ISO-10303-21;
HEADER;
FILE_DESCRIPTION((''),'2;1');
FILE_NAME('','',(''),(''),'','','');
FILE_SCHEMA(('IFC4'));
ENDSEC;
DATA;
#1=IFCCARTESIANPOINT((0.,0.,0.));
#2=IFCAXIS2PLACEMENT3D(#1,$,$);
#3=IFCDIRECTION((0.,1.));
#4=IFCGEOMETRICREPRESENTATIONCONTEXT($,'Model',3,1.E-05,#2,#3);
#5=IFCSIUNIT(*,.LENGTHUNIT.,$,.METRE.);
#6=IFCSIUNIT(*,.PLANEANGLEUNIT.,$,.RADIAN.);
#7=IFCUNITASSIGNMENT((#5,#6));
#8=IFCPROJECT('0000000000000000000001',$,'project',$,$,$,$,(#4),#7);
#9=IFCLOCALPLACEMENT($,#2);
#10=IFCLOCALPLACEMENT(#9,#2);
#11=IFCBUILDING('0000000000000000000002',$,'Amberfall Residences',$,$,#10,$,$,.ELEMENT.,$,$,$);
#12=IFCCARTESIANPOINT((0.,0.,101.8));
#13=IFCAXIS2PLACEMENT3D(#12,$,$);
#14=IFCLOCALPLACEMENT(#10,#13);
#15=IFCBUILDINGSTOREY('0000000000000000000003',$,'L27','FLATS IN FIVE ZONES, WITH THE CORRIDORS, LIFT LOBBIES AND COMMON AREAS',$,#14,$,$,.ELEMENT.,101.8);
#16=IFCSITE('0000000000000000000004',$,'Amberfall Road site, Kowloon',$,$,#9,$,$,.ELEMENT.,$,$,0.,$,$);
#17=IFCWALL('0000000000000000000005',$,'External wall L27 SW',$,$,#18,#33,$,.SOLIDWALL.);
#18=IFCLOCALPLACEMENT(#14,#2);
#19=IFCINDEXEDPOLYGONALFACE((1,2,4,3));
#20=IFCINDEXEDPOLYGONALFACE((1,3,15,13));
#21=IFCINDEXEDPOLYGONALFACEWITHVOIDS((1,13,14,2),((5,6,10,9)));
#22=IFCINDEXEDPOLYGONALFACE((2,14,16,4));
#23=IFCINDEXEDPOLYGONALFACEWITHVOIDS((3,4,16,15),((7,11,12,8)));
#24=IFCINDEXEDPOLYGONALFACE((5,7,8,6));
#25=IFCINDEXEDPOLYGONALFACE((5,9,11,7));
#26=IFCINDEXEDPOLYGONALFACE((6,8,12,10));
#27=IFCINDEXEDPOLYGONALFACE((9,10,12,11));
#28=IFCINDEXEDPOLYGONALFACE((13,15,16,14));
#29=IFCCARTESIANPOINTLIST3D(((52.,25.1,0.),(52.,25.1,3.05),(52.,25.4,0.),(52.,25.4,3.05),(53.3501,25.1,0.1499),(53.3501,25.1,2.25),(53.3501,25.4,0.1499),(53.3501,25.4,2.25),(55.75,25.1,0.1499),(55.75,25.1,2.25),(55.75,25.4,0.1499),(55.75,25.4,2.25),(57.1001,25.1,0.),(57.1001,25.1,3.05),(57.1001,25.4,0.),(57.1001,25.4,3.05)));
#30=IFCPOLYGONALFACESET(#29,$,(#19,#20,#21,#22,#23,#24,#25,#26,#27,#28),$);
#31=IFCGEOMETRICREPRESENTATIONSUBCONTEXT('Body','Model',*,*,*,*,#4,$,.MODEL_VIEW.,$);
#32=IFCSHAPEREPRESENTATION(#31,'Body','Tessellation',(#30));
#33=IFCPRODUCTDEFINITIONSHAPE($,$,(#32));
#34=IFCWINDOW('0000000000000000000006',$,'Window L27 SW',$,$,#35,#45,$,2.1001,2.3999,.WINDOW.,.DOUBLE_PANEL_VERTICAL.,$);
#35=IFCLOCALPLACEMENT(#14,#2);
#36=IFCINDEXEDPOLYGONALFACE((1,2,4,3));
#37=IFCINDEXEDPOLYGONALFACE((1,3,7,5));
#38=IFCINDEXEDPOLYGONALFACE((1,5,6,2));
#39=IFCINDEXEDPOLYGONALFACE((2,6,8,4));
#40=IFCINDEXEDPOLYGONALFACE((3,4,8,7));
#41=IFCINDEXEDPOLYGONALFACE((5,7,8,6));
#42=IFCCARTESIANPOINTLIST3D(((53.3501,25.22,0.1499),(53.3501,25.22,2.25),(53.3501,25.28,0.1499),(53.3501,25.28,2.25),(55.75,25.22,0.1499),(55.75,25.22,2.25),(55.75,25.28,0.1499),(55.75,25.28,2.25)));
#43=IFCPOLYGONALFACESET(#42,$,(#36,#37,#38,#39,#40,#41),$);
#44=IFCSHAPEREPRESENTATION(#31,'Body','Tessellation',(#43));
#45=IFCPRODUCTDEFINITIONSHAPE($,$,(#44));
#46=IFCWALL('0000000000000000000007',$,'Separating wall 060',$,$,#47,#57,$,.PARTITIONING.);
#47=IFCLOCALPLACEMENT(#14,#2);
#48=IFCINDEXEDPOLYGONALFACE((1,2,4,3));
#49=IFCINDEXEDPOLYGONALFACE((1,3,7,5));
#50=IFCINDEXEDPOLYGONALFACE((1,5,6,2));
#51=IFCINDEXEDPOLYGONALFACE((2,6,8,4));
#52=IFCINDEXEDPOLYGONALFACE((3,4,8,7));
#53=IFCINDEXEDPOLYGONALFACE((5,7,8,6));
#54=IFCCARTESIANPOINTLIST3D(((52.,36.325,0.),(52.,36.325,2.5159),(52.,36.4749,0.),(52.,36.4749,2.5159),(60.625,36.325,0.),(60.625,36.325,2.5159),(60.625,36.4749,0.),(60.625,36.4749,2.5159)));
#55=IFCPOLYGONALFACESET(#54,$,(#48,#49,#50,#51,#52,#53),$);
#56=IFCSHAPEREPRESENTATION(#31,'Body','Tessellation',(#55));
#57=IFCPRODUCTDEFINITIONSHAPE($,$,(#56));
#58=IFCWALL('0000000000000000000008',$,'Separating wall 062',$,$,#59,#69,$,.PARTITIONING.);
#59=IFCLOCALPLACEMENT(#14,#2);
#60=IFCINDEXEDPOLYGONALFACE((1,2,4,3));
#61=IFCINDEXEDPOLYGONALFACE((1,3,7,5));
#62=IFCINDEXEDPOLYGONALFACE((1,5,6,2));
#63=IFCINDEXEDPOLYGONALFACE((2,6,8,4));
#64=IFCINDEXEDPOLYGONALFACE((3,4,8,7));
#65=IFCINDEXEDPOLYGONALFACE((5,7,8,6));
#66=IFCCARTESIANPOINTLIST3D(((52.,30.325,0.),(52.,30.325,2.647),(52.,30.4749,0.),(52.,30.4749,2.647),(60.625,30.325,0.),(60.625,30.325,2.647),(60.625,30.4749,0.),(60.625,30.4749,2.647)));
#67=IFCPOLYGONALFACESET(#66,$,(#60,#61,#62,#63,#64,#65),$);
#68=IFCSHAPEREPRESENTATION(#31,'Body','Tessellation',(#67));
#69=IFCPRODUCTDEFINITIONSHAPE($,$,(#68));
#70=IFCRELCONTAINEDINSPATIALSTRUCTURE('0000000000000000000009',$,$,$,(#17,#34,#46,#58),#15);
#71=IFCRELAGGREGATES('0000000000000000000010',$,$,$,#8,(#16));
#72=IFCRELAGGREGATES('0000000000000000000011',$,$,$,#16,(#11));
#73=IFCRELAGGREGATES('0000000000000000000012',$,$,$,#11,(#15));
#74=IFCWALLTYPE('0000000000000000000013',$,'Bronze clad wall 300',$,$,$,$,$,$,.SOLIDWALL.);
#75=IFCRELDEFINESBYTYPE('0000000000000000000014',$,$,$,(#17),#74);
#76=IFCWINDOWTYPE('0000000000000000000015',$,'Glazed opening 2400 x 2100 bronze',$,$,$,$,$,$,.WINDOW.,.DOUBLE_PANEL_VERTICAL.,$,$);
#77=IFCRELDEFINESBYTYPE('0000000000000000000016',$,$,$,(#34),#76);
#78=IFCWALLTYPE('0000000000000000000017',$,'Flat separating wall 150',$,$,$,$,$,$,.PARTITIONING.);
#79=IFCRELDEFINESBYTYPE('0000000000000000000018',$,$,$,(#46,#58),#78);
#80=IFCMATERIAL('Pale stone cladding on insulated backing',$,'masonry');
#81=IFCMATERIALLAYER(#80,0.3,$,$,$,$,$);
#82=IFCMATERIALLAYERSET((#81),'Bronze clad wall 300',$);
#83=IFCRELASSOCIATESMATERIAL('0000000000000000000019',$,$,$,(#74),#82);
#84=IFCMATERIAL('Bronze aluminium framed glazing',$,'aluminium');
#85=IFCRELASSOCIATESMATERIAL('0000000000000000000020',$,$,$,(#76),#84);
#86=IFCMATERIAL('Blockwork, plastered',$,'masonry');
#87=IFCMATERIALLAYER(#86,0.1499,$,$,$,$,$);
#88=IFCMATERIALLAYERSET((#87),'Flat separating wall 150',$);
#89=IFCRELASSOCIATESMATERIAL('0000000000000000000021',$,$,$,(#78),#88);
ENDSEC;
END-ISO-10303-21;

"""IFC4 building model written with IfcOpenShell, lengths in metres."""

from ifc_helpers import new_model, si_unit, direction, frame, frame_2d, origin, place, context, subcontext, project, spatial, rectangle, extrude, material, layer, layer_set, type_object, element, fill, save


model = new_model("IFC4")

# Units and contexts
model_context = context("Model", 3, precision=1e-05, world=origin(), true_north=direction((0.0, 1.0)))
body_context = subcontext(model_context, "Body", "Model", "MODEL_VIEW")
ifc_project = project(units=[si_unit("LENGTHUNIT", "METRE"), si_unit("PLANEANGLEUNIT", "RADIAN")], contexts=[model_context])

# Site, building, storey
site_placement = place(None, origin())
site = spatial("IfcSite", under=ifc_project, at=site_placement, Name="Amberfall Road site, Kowloon", CompositionType="ELEMENT", RefElevation=0.0)
building_placement = place(site_placement, origin())
building = spatial("IfcBuilding", under=site, at=building_placement, Name="Amberfall Residences", CompositionType="ELEMENT")
storey_placement = place(building_placement, frame((0.0, 0.0, 101.8)))
storey = spatial("IfcBuildingStorey", under=building, at=storey_placement, Name="L27", Description="FLATS IN FIVE ZONES, WITH THE CORRIDORS, LIFT LOBBIES AND COMMON AREAS", CompositionType="ELEMENT", Elevation=101.8)

# Wall, opening, window
ifc_material_1 = material(Name="Pale stone cladding on insulated backing", Category="masonry")
ifc_layer_1 = layer(ifc_material_1, 0.3)
ifc_layer_set_1 = layer_set([ifc_layer_1], Name="Bronze clad wall 300")
wall_type_1 = type_object("IfcWallType", Name="Bronze clad wall 300", PredefinedType="SOLIDWALL", material=ifc_layer_set_1)
wall_1_placement = place(storey_placement, frame((52.0, 25.25, 0.0), z_axis=(0.0, 0.0, 1.0), x_axis=(1.0, 0.0, 0.0)))
wall_1 = element("IfcWall", 1, at=wall_1_placement, inside=storey, type_object=wall_type_1, Name="External wall L27 SW", PredefinedType="SOLIDWALL", context=body_context, shape_type="SweptSolid", body=[
    extrude(rectangle(XDim=5.1001, YDim=0.3, at=frame_2d((2.55, 0.0))), origin(), (0.0, 0.0, 1.0), 3.05),
])
opening_placement = place(wall_1_placement, frame((1.3501, 0.0, 0.1499)))
opening = element("IfcOpeningElement", 2, at=opening_placement, cuts=wall_1, PredefinedType="OPENING", context=body_context, shape_type="SweptSolid", body=[
    extrude(rectangle(XDim=2.3999, YDim=2.1001, at=frame_2d((1.2, 1.05))), frame((0.0, 0.1599, 0.0), z_axis=(0.0, -1.0, 0.0), x_axis=(1.0, 0.0, 0.0)), (0.0, 0.0, 1.0), 0.3201),
])
ifc_material_2 = material(Name="Bronze aluminium framed glazing", Category="aluminium")
window_type = type_object("IfcWindowType", Name="Glazed opening 2400 x 2100 bronze", PartitioningType="DOUBLE_PANEL_VERTICAL", PredefinedType="WINDOW", material=ifc_material_2)
window_placement = place(opening_placement, origin())
window = element("IfcWindow", 3, at=window_placement, inside=storey, type_object=window_type, Name="Window L27 SW", OverallHeight=2.1001, OverallWidth=2.3999, PartitioningType="DOUBLE_PANEL_VERTICAL", PredefinedType="WINDOW", context=body_context, shape_type="SweptSolid", body=[
    extrude(rectangle(XDim=2.3999, YDim=2.1001, at=frame_2d((1.2, 1.05))), frame((0.0, 0.03, 0.0), z_axis=(0.0, -1.0, 0.0), x_axis=(1.0, 0.0, 0.0)), (0.0, 0.0, 1.0), 0.0601),
])
fill(opening, window)

# Walls
ifc_material_3 = material(Name="Blockwork, plastered", Category="masonry")
ifc_layer_2 = layer(ifc_material_3, 0.1499)
ifc_layer_set_2 = layer_set([ifc_layer_2], Name="Flat separating wall 150")
wall_type_2 = type_object("IfcWallType", Name="Flat separating wall 150", PredefinedType="PARTITIONING", material=ifc_layer_set_2)
wall_2_placement = place(storey_placement, frame((52.0, 36.3999, 0.0), z_axis=(0.0, 0.0, 1.0), x_axis=(1.0, 0.0, 0.0)))
element("IfcWall", 4, at=wall_2_placement, inside=storey, type_object=wall_type_2, Name="Separating wall 060", PredefinedType="PARTITIONING", context=body_context, shape_type="SweptSolid", body=[
    extrude(rectangle(XDim=8.625, YDim=0.1499, at=frame_2d((4.3125, 0.0))), origin(), (0.0, 0.0, 1.0), 2.5159),
])
wall_3_placement = place(storey_placement, frame((52.0, 30.3999, 0.0), z_axis=(0.0, 0.0, 1.0), x_axis=(1.0, 0.0, 0.0)))
element("IfcWall", 5, at=wall_3_placement, inside=storey, type_object=wall_type_2, Name="Separating wall 062", PredefinedType="PARTITIONING", context=body_context, shape_type="SweptSolid", body=[
    extrude(rectangle(XDim=8.625, YDim=0.1499, at=frame_2d((4.3125, 0.0))), origin(), (0.0, 0.0, 1.0), 2.647),
])

save(model, "model.ifc")
